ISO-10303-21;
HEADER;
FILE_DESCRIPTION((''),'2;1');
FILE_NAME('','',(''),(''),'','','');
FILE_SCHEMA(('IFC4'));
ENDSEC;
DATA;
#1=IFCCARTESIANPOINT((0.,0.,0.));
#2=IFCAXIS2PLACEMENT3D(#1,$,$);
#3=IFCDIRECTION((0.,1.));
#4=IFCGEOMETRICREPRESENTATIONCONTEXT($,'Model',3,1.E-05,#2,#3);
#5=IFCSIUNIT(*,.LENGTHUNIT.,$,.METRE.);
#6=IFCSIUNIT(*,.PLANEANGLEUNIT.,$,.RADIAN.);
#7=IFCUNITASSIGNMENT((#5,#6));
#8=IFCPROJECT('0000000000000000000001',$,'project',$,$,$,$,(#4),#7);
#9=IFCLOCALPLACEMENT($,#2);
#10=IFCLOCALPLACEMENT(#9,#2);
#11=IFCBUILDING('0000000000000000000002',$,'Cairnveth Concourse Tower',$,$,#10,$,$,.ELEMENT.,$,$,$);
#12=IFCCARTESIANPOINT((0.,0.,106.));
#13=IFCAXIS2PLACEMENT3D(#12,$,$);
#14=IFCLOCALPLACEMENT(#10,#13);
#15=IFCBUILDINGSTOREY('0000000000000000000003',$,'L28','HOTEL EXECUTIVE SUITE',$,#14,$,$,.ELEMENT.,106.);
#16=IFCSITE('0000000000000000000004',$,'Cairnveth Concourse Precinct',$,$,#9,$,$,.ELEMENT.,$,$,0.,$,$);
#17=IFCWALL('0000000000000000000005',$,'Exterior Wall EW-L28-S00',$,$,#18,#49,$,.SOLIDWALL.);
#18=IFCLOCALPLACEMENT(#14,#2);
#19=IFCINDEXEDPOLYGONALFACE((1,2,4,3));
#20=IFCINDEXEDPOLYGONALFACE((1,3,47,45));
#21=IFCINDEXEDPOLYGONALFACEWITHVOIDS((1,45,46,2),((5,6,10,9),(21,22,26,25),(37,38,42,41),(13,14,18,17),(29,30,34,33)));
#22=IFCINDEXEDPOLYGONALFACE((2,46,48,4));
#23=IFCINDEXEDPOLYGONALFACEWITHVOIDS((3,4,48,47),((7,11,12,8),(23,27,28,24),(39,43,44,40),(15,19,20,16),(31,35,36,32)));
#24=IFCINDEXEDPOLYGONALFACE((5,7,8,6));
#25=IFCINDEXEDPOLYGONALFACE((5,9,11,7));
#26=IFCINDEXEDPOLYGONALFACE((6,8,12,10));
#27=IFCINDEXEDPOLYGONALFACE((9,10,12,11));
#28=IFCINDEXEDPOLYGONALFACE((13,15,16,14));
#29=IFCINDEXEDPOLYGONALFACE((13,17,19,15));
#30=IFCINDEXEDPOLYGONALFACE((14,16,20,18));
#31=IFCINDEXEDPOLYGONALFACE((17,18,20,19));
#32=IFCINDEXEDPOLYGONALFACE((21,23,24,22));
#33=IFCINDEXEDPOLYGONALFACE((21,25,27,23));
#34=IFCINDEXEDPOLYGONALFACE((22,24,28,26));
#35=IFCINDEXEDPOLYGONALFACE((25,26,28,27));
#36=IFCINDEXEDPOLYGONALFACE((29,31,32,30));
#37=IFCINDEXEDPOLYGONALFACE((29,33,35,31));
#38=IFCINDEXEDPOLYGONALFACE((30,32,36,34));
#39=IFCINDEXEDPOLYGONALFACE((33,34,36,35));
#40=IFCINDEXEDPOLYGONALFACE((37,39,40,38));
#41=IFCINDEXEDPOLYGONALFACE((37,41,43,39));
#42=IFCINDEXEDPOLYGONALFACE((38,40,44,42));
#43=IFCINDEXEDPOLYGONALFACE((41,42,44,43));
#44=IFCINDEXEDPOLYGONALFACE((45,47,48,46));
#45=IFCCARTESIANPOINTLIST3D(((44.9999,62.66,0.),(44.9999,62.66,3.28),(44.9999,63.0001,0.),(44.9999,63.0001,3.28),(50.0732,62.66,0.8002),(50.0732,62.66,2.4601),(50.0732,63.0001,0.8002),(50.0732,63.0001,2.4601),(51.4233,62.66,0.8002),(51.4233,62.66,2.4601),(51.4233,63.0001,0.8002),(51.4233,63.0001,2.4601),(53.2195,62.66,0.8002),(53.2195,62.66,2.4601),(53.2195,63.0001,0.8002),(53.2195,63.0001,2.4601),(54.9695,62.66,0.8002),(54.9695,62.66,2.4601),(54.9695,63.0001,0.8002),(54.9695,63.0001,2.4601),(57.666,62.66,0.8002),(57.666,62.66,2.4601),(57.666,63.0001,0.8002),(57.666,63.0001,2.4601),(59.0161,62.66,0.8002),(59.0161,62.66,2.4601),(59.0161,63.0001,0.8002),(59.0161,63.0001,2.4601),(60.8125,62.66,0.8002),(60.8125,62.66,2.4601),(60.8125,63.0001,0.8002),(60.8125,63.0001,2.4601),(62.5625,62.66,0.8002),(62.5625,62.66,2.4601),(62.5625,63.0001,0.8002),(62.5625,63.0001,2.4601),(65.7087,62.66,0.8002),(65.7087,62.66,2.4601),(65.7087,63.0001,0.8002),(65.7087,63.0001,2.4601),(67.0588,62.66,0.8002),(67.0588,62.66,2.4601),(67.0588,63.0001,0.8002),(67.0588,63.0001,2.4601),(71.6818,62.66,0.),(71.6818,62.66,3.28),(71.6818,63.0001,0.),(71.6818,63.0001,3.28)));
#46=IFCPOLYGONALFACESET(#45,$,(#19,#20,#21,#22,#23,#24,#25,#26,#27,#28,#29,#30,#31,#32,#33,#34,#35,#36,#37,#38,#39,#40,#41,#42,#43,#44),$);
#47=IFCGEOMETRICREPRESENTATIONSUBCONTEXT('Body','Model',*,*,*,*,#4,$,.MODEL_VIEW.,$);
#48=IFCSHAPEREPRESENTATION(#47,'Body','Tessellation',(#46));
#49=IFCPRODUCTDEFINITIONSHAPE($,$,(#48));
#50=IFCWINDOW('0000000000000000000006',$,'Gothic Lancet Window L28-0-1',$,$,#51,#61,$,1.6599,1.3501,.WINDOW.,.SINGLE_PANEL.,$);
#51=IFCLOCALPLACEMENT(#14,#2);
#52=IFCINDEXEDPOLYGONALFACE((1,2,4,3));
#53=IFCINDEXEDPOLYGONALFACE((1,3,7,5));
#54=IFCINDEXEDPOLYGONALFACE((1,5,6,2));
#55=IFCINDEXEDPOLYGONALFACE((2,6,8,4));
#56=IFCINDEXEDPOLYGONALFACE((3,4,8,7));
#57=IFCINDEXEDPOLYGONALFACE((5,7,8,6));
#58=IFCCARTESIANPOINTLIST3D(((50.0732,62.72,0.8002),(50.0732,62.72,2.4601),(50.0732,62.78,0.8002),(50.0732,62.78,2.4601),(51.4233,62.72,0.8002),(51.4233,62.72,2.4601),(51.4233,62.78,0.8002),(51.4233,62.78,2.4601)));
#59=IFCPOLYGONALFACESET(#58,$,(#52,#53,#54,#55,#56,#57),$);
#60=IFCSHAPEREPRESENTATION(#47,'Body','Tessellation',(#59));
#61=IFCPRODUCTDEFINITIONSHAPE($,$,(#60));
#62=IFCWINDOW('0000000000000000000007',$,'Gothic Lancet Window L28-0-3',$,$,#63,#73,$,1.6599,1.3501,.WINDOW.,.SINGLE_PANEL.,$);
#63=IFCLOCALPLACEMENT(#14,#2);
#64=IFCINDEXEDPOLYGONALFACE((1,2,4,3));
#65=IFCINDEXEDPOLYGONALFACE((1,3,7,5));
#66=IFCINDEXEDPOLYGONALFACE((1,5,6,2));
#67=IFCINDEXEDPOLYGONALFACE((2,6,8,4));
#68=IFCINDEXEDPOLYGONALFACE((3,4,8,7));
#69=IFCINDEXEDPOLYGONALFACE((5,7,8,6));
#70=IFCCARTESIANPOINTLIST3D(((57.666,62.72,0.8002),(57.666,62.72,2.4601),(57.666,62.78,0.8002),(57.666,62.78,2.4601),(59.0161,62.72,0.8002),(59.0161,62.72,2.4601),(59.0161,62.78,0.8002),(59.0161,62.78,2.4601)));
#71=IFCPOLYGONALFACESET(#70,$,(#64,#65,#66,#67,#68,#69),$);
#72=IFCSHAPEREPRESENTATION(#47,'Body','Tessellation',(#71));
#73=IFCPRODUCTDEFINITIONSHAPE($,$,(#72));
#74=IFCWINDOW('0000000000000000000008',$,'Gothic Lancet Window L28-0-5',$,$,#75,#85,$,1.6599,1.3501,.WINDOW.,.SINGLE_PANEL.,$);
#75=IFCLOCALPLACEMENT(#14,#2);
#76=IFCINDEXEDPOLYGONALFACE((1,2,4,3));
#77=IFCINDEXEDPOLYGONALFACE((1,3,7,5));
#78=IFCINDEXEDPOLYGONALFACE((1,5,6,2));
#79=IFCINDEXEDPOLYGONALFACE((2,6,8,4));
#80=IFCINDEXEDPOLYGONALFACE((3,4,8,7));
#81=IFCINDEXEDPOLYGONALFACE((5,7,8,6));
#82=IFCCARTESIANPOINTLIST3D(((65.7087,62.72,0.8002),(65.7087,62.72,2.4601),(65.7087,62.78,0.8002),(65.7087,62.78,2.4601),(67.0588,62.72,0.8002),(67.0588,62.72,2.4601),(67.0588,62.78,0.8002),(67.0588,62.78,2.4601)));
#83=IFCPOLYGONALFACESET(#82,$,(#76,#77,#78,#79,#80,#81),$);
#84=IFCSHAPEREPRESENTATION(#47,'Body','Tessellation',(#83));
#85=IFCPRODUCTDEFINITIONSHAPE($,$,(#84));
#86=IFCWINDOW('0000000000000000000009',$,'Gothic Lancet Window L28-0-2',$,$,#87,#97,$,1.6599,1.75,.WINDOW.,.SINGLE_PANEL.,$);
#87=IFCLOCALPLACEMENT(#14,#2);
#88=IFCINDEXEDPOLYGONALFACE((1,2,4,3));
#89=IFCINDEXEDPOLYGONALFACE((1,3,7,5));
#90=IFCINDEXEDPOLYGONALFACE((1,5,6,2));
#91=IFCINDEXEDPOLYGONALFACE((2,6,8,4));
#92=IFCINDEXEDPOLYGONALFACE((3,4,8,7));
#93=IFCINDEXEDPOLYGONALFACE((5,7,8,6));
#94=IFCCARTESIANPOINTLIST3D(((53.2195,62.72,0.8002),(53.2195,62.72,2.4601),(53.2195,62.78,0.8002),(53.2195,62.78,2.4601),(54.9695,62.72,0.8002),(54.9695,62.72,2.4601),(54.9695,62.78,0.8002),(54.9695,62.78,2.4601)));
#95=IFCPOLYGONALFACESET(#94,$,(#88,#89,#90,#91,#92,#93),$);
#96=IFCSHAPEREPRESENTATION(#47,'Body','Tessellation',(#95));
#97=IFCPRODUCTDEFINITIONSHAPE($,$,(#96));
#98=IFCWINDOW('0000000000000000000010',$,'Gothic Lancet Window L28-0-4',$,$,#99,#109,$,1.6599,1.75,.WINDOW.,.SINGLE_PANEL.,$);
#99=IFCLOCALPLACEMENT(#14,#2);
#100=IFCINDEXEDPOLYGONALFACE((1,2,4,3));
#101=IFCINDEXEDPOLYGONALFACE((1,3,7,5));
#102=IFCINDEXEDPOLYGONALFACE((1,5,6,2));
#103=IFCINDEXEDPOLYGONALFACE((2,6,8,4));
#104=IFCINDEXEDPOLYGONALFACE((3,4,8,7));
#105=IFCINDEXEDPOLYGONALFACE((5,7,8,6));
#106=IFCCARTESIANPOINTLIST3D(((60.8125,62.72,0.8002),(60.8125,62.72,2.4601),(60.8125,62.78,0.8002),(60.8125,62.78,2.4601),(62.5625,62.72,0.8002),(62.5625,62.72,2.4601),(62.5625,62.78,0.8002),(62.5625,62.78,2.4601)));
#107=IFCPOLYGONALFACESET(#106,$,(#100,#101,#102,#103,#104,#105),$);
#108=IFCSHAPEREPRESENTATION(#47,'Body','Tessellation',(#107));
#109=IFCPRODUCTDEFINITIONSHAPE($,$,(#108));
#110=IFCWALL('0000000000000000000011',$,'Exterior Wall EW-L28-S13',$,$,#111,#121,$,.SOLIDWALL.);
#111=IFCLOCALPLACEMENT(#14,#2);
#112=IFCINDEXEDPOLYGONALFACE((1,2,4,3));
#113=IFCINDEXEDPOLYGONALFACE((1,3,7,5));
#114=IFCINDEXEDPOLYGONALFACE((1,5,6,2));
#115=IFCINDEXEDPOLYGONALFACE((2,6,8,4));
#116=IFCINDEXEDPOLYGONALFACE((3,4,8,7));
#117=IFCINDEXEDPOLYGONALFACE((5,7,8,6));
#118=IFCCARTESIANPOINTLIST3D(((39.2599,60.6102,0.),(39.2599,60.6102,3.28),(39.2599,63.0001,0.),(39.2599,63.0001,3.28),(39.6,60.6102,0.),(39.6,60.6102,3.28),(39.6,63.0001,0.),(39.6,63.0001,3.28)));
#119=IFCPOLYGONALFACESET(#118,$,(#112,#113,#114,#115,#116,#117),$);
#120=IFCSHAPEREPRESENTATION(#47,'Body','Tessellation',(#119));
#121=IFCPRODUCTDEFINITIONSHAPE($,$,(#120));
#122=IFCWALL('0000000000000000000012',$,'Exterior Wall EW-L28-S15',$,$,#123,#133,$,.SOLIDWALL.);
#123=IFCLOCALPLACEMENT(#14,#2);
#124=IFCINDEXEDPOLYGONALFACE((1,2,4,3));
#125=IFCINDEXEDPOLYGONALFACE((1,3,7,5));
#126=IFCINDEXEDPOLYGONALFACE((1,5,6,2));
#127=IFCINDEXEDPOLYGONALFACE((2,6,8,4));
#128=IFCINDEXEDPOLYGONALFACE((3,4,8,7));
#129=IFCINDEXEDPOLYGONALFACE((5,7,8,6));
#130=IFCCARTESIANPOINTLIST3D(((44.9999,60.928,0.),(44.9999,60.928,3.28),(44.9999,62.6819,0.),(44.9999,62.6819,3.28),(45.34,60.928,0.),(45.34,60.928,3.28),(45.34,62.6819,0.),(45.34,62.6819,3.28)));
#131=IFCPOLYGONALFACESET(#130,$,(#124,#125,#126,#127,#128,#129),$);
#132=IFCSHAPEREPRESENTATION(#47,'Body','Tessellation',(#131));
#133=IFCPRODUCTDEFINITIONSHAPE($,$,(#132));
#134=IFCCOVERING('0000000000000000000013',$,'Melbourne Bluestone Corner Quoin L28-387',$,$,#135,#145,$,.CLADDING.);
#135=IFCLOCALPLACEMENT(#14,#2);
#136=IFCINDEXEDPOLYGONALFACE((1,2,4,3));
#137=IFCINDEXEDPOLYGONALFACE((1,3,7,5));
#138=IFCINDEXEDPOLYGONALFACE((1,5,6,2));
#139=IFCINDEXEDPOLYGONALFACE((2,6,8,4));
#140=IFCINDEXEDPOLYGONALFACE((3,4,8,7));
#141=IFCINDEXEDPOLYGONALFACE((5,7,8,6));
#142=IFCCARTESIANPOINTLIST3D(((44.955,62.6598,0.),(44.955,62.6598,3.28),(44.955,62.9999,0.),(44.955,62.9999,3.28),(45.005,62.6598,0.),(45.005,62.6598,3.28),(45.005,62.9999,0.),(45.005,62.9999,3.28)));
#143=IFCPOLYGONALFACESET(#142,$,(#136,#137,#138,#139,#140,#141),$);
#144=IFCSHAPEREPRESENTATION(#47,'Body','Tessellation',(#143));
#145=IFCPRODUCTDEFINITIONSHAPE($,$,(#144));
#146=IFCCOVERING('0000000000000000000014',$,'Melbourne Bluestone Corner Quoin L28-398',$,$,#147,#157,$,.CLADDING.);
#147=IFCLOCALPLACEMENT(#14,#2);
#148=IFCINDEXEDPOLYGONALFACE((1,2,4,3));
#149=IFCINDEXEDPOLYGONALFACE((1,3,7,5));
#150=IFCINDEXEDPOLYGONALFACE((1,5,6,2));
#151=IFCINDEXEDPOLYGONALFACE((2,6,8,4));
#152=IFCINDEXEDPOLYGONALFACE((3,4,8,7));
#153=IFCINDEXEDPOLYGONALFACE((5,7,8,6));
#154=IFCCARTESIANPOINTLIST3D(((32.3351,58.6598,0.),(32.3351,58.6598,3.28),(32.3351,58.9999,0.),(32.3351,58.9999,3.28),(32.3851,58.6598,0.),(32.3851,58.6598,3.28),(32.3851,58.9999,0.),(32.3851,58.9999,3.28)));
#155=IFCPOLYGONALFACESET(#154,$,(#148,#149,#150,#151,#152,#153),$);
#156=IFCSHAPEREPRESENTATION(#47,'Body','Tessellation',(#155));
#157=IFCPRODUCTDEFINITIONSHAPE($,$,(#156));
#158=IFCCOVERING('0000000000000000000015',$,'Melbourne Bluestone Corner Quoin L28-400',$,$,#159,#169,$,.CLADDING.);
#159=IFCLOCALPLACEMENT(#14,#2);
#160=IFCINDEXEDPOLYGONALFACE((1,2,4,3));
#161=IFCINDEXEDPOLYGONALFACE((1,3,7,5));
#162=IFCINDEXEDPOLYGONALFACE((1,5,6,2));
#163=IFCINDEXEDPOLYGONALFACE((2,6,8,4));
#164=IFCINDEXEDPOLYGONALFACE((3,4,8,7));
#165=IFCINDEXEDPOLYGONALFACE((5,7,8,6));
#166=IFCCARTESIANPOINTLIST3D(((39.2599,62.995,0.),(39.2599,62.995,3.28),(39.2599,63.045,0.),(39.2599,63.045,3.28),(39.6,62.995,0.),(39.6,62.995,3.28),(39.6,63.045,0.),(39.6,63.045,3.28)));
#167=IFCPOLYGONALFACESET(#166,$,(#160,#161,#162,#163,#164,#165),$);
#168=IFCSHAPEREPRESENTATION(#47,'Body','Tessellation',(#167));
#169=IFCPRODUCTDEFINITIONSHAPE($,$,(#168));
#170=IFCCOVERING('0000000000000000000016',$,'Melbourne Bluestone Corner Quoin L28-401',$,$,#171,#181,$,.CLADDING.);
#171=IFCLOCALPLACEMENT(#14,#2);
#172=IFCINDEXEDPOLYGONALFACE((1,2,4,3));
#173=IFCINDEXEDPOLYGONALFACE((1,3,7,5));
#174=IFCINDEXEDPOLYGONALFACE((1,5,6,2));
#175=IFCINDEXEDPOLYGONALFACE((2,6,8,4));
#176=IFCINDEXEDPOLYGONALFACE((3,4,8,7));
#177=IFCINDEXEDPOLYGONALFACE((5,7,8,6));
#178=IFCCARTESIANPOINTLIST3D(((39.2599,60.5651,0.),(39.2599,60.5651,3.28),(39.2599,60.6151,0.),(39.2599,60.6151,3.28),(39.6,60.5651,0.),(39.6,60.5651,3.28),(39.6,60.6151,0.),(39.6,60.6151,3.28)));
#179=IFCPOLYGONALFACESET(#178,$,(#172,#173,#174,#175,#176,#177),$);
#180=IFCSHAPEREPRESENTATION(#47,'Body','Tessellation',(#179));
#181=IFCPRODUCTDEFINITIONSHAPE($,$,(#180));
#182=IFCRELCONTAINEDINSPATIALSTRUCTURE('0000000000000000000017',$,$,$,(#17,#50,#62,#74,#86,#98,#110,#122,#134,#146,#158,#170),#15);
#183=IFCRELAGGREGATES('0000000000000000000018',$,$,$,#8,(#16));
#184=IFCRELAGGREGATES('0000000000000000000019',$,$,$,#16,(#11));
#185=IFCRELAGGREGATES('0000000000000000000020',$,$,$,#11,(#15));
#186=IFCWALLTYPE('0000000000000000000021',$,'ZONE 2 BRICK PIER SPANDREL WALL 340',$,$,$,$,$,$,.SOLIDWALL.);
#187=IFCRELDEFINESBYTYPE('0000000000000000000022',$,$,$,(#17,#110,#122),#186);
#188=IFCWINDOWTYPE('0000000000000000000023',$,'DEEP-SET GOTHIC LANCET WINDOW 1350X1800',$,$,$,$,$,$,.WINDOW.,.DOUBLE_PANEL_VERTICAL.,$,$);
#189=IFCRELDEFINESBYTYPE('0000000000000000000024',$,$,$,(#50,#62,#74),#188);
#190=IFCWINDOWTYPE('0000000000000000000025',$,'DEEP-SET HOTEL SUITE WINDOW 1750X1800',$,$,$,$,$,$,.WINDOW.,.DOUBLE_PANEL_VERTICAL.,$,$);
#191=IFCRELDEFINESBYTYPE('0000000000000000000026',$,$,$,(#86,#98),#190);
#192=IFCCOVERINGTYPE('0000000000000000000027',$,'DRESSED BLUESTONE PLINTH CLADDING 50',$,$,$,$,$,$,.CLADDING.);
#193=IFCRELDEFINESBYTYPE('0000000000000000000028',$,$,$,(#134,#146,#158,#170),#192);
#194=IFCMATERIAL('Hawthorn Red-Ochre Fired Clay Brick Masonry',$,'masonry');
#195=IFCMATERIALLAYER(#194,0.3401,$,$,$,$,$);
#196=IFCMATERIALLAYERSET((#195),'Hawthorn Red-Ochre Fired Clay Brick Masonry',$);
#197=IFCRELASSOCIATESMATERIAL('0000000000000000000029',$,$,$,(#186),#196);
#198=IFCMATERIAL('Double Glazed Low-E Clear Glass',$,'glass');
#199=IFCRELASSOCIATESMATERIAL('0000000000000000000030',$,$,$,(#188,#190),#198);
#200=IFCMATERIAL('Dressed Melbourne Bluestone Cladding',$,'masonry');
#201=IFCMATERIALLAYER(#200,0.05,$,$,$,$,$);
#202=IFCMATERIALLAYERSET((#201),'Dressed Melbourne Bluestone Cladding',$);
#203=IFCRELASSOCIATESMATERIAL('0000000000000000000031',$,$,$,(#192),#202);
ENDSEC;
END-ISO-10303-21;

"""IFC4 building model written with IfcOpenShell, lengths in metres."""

from ifc_helpers import new_model, si_unit, direction, frame, frame_2d, origin, place, context, subcontext, project, spatial, rectangle, extrude, material, layer, layer_set, type_object, element, fill, save


model = new_model("IFC4")

# Units and contexts
model_context = context("Model", 3, precision=1e-05, world=origin(), true_north=direction((0.0, 1.0)))
body_context = subcontext(model_context, "Body", "Model", "MODEL_VIEW")
ifc_project = project(units=[si_unit("LENGTHUNIT", "METRE"), si_unit("PLANEANGLEUNIT", "RADIAN")], contexts=[model_context])

# Site, building, storey
site_placement = place(None, origin())
site = spatial("IfcSite", under=ifc_project, at=site_placement, Name="Cairnveth Concourse Precinct", CompositionType="ELEMENT", RefElevation=0.0)
building_placement = place(site_placement, origin())
building = spatial("IfcBuilding", under=site, at=building_placement, Name="Cairnveth Concourse Tower", CompositionType="ELEMENT")
storey_placement = place(building_placement, frame((0.0, 0.0, 106.0)))
storey = spatial("IfcBuildingStorey", under=building, at=storey_placement, Name="L28", Description="HOTEL EXECUTIVE SUITE", CompositionType="ELEMENT", Elevation=106.0)

# Shared definitions
ifc_material_1 = material(Name="Dressed Melbourne Bluestone Cladding", Category="masonry")

# Wall, openings, windows
ifc_material_2 = material(Name="Hawthorn Red-Ochre Fired Clay Brick Masonry", Category="masonry")
ifc_layer_1 = layer(ifc_material_2, 0.3401)
ifc_layer_set_1 = layer_set([ifc_layer_1], Name="Hawthorn Red-Ochre Fired Clay Brick Masonry")
wall_type_1 = type_object("IfcWallType", Name="ZONE 2 BRICK PIER SPANDREL WALL 340", PredefinedType="SOLIDWALL", material=ifc_layer_set_1)
wall_1_placement = place(storey_placement, frame((45.0, 62.8301, 0.0), z_axis=(0.0, 0.0, 1.0), x_axis=(1.0, 0.0, 0.0)))
wall_1 = element("IfcWall", 1, at=wall_1_placement, inside=storey, type_object=wall_type_1, Name="Exterior Wall EW-L28-S00", PredefinedType="SOLIDWALL", context=body_context, shape_type="SweptSolid", body=[
    extrude(rectangle(XDim=26.6819, YDim=0.3401, at=frame_2d((13.3408, 0.0))), origin(), (0.0, 0.0, 1.0), 3.28),
])
opening_1_placement = place(wall_1_placement, frame((5.0732, 0.0, 0.8)))
opening_1 = element("IfcOpeningElement", 2, at=opening_1_placement, cuts=wall_1, PredefinedType="OPENING", context=body_context, shape_type="SweptSolid", body=[
    extrude(rectangle(XDim=1.3501, YDim=1.6599, at=frame_2d((0.675, 0.8301))), frame((0.0, 0.1799, 0.0), z_axis=(0.0, -1.0, 0.0), x_axis=(1.0, 0.0, 0.0)), (0.0, 0.0, 1.0), 0.3601),
])
opening_2_placement = place(wall_1_placement, frame((8.2195, 0.0, 0.8)))
opening_2 = element("IfcOpeningElement", 3, at=opening_2_placement, cuts=wall_1, PredefinedType="OPENING", context=body_context, shape_type="SweptSolid", body=[
    extrude(rectangle(XDim=1.75, YDim=1.6599, at=frame_2d((0.875, 0.8301))), frame((0.0, 0.1799, 0.0), z_axis=(0.0, -1.0, 0.0), x_axis=(1.0, 0.0, 0.0)), (0.0, 0.0, 1.0), 0.3601),
])
opening_3_placement = place(wall_1_placement, frame((12.666, 0.0, 0.8)))
opening_3 = element("IfcOpeningElement", 4, at=opening_3_placement, cuts=wall_1, PredefinedType="OPENING", context=body_context, shape_type="SweptSolid", body=[
    extrude(rectangle(XDim=1.3501, YDim=1.6599, at=frame_2d((0.675, 0.8301))), frame((0.0, 0.1799, 0.0), z_axis=(0.0, -1.0, 0.0), x_axis=(1.0, 0.0, 0.0)), (0.0, 0.0, 1.0), 0.3601),
])
opening_4_placement = place(wall_1_placement, frame((15.8125, 0.0, 0.8)))
opening_4 = element("IfcOpeningElement", 5, at=opening_4_placement, cuts=wall_1, PredefinedType="OPENING", context=body_context, shape_type="SweptSolid", body=[
    extrude(rectangle(XDim=1.75, YDim=1.6599, at=frame_2d((0.875, 0.8301))), frame((0.0, 0.1799, 0.0), z_axis=(0.0, -1.0, 0.0), x_axis=(1.0, 0.0, 0.0)), (0.0, 0.0, 1.0), 0.3601),
])
opening_5_placement = place(wall_1_placement, frame((20.7087, 0.0, 0.8)))
opening_5 = element("IfcOpeningElement", 6, at=opening_5_placement, cuts=wall_1, PredefinedType="OPENING", context=body_context, shape_type="SweptSolid", body=[
    extrude(rectangle(XDim=1.3501, YDim=1.6599, at=frame_2d((0.675, 0.8301))), frame((0.0, 0.1799, 0.0), z_axis=(0.0, -1.0, 0.0), x_axis=(1.0, 0.0, 0.0)), (0.0, 0.0, 1.0), 0.3601),
])
ifc_material_3 = material(Name="Double Glazed Low-E Clear Glass", Category="glass")
window_type_1 = type_object("IfcWindowType", Name="DEEP-SET GOTHIC LANCET WINDOW 1350X1800", PartitioningType="DOUBLE_PANEL_VERTICAL", PredefinedType="WINDOW", material=ifc_material_3)
window_1_placement = place(opening_1_placement, origin())
window_1 = element("IfcWindow", 7, at=window_1_placement, inside=storey, type_object=window_type_1, Name="Gothic Lancet Window L28-0-1", OverallHeight=1.6599, OverallWidth=1.3501, PartitioningType="SINGLE_PANEL", PredefinedType="WINDOW", context=body_context, shape_type="SweptSolid", body=[
    extrude(rectangle(XDim=1.3501, YDim=1.6599, at=frame_2d((0.675, 0.8301))), frame((0.0, -0.05, 0.0), z_axis=(0.0, -1.0, 0.0), x_axis=(1.0, 0.0, 0.0)), (0.0, 0.0, 1.0), 0.0601),
])
fill(opening_1, window_1)
window_2_placement = place(opening_3_placement, origin())
window_2 = element("IfcWindow", 8, at=window_2_placement, inside=storey, type_object=window_type_1, Name="Gothic Lancet Window L28-0-3", OverallHeight=1.6599, OverallWidth=1.3501, PartitioningType="SINGLE_PANEL", PredefinedType="WINDOW", context=body_context, shape_type="SweptSolid", body=[
    extrude(rectangle(XDim=1.3501, YDim=1.6599, at=frame_2d((0.675, 0.8301))), frame((0.0, -0.05, 0.0), z_axis=(0.0, -1.0, 0.0), x_axis=(1.0, 0.0, 0.0)), (0.0, 0.0, 1.0), 0.0601),
])
fill(opening_3, window_2)
window_3_placement = place(opening_5_placement, origin())
window_3 = element("IfcWindow", 9, at=window_3_placement, inside=storey, type_object=window_type_1, Name="Gothic Lancet Window L28-0-5", OverallHeight=1.6599, OverallWidth=1.3501, PartitioningType="SINGLE_PANEL", PredefinedType="WINDOW", context=body_context, shape_type="SweptSolid", body=[
    extrude(rectangle(XDim=1.3501, YDim=1.6599, at=frame_2d((0.675, 0.8301))), frame((0.0, -0.05, 0.0), z_axis=(0.0, -1.0, 0.0), x_axis=(1.0, 0.0, 0.0)), (0.0, 0.0, 1.0), 0.0601),
])
fill(opening_5, window_3)
window_type_2 = type_object("IfcWindowType", Name="DEEP-SET HOTEL SUITE WINDOW 1750X1800", PartitioningType="DOUBLE_PANEL_VERTICAL", PredefinedType="WINDOW", material=ifc_material_3)
window_4_placement = place(opening_2_placement, origin())
window_4 = element("IfcWindow", 10, at=window_4_placement, inside=storey, type_object=window_type_2, Name="Gothic Lancet Window L28-0-2", OverallHeight=1.6599, OverallWidth=1.75, PartitioningType="SINGLE_PANEL", PredefinedType="WINDOW", context=body_context, shape_type="SweptSolid", body=[
    extrude(rectangle(XDim=1.75, YDim=1.6599, at=frame_2d((0.875, 0.8301))), frame((0.0, -0.05, 0.0), z_axis=(0.0, -1.0, 0.0), x_axis=(1.0, 0.0, 0.0)), (0.0, 0.0, 1.0), 0.0601),
])
fill(opening_2, window_4)
window_5_placement = place(opening_4_placement, origin())
window_5 = element("IfcWindow", 11, at=window_5_placement, inside=storey, type_object=window_type_2, Name="Gothic Lancet Window L28-0-4", OverallHeight=1.6599, OverallWidth=1.75, PartitioningType="SINGLE_PANEL", PredefinedType="WINDOW", context=body_context, shape_type="SweptSolid", body=[
    extrude(rectangle(XDim=1.75, YDim=1.6599, at=frame_2d((0.875, 0.8301))), frame((0.0, -0.05, 0.0), z_axis=(0.0, -1.0, 0.0), x_axis=(1.0, 0.0, 0.0)), (0.0, 0.0, 1.0), 0.0601),
])
fill(opening_4, window_5)

# Wall
wall_2_placement = place(storey_placement, frame((39.4299, 63.0, 0.0), z_axis=(0.0, 0.0, 1.0), x_axis=(0.0, -1.0, 0.0)))
element("IfcWall", 12, at=wall_2_placement, inside=storey, type_object=wall_type_1, Name="Exterior Wall EW-L28-S13", PredefinedType="SOLIDWALL", context=body_context, shape_type="SweptSolid", body=[
    extrude(rectangle(XDim=2.3899, YDim=0.3401, at=frame_2d((1.1948, 0.0))), origin(), (0.0, 0.0, 1.0), 3.28),
])

# Wall
wall_3_placement = place(storey_placement, frame((45.1699, 60.928, 0.0), z_axis=(0.0, 0.0, 1.0), x_axis=(0.0, 1.0, 0.0)))
element("IfcWall", 13, at=wall_3_placement, inside=storey, type_object=wall_type_1, Name="Exterior Wall EW-L28-S15", PredefinedType="SOLIDWALL", context=body_context, shape_type="SweptSolid", body=[
    extrude(rectangle(XDim=1.7539, YDim=0.3401, at=frame_2d((0.877, 0.0))), origin(), (0.0, 0.0, 1.0), 3.28),
])

# Coverings
ifc_layer_2 = layer(ifc_material_1, 0.05)
ifc_layer_set_2 = layer_set([ifc_layer_2], Name="Dressed Melbourne Bluestone Cladding")
covering_type = type_object("IfcCoveringType", Name="DRESSED BLUESTONE PLINTH CLADDING 50", PredefinedType="CLADDING", material=ifc_layer_set_2)
for number, where, z_axis, x_axis, name in (
    (14, (44.98, 62.6599, 0.0), (0.0, 0.0, 1.0), (0.0, 1.0, 0.0), "Melbourne Bluestone Corner Quoin L28-387"),
    (15, (32.3601, 58.6599, 0.0), (0.0, 0.0, 1.0), (0.0, 1.0, 0.0), "Melbourne Bluestone Corner Quoin L28-398"),
    (16, (39.26, 63.02, 0.0), (0.0, 0.0, 1.0), (1.0, 0.0, 0.0), "Melbourne Bluestone Corner Quoin L28-400"),
    (17, (39.26, 60.5901, 0.0), (0.0, 0.0, 1.0), (1.0, 0.0, 0.0), "Melbourne Bluestone Corner Quoin L28-401"),
):
    element("IfcCovering", number, at=place(storey_placement, frame(where, z_axis=z_axis, x_axis=x_axis)), inside=storey, type_object=covering_type, Name=name, PredefinedType="CLADDING", context=body_context, shape_type="SweptSolid", body=[
        extrude(rectangle(XDim=0.3401, YDim=0.05, at=frame_2d((0.1699, 0.0))), origin(), (0.0, 0.0, 1.0), 3.28),
    ])

save(model, "model.ifc")
